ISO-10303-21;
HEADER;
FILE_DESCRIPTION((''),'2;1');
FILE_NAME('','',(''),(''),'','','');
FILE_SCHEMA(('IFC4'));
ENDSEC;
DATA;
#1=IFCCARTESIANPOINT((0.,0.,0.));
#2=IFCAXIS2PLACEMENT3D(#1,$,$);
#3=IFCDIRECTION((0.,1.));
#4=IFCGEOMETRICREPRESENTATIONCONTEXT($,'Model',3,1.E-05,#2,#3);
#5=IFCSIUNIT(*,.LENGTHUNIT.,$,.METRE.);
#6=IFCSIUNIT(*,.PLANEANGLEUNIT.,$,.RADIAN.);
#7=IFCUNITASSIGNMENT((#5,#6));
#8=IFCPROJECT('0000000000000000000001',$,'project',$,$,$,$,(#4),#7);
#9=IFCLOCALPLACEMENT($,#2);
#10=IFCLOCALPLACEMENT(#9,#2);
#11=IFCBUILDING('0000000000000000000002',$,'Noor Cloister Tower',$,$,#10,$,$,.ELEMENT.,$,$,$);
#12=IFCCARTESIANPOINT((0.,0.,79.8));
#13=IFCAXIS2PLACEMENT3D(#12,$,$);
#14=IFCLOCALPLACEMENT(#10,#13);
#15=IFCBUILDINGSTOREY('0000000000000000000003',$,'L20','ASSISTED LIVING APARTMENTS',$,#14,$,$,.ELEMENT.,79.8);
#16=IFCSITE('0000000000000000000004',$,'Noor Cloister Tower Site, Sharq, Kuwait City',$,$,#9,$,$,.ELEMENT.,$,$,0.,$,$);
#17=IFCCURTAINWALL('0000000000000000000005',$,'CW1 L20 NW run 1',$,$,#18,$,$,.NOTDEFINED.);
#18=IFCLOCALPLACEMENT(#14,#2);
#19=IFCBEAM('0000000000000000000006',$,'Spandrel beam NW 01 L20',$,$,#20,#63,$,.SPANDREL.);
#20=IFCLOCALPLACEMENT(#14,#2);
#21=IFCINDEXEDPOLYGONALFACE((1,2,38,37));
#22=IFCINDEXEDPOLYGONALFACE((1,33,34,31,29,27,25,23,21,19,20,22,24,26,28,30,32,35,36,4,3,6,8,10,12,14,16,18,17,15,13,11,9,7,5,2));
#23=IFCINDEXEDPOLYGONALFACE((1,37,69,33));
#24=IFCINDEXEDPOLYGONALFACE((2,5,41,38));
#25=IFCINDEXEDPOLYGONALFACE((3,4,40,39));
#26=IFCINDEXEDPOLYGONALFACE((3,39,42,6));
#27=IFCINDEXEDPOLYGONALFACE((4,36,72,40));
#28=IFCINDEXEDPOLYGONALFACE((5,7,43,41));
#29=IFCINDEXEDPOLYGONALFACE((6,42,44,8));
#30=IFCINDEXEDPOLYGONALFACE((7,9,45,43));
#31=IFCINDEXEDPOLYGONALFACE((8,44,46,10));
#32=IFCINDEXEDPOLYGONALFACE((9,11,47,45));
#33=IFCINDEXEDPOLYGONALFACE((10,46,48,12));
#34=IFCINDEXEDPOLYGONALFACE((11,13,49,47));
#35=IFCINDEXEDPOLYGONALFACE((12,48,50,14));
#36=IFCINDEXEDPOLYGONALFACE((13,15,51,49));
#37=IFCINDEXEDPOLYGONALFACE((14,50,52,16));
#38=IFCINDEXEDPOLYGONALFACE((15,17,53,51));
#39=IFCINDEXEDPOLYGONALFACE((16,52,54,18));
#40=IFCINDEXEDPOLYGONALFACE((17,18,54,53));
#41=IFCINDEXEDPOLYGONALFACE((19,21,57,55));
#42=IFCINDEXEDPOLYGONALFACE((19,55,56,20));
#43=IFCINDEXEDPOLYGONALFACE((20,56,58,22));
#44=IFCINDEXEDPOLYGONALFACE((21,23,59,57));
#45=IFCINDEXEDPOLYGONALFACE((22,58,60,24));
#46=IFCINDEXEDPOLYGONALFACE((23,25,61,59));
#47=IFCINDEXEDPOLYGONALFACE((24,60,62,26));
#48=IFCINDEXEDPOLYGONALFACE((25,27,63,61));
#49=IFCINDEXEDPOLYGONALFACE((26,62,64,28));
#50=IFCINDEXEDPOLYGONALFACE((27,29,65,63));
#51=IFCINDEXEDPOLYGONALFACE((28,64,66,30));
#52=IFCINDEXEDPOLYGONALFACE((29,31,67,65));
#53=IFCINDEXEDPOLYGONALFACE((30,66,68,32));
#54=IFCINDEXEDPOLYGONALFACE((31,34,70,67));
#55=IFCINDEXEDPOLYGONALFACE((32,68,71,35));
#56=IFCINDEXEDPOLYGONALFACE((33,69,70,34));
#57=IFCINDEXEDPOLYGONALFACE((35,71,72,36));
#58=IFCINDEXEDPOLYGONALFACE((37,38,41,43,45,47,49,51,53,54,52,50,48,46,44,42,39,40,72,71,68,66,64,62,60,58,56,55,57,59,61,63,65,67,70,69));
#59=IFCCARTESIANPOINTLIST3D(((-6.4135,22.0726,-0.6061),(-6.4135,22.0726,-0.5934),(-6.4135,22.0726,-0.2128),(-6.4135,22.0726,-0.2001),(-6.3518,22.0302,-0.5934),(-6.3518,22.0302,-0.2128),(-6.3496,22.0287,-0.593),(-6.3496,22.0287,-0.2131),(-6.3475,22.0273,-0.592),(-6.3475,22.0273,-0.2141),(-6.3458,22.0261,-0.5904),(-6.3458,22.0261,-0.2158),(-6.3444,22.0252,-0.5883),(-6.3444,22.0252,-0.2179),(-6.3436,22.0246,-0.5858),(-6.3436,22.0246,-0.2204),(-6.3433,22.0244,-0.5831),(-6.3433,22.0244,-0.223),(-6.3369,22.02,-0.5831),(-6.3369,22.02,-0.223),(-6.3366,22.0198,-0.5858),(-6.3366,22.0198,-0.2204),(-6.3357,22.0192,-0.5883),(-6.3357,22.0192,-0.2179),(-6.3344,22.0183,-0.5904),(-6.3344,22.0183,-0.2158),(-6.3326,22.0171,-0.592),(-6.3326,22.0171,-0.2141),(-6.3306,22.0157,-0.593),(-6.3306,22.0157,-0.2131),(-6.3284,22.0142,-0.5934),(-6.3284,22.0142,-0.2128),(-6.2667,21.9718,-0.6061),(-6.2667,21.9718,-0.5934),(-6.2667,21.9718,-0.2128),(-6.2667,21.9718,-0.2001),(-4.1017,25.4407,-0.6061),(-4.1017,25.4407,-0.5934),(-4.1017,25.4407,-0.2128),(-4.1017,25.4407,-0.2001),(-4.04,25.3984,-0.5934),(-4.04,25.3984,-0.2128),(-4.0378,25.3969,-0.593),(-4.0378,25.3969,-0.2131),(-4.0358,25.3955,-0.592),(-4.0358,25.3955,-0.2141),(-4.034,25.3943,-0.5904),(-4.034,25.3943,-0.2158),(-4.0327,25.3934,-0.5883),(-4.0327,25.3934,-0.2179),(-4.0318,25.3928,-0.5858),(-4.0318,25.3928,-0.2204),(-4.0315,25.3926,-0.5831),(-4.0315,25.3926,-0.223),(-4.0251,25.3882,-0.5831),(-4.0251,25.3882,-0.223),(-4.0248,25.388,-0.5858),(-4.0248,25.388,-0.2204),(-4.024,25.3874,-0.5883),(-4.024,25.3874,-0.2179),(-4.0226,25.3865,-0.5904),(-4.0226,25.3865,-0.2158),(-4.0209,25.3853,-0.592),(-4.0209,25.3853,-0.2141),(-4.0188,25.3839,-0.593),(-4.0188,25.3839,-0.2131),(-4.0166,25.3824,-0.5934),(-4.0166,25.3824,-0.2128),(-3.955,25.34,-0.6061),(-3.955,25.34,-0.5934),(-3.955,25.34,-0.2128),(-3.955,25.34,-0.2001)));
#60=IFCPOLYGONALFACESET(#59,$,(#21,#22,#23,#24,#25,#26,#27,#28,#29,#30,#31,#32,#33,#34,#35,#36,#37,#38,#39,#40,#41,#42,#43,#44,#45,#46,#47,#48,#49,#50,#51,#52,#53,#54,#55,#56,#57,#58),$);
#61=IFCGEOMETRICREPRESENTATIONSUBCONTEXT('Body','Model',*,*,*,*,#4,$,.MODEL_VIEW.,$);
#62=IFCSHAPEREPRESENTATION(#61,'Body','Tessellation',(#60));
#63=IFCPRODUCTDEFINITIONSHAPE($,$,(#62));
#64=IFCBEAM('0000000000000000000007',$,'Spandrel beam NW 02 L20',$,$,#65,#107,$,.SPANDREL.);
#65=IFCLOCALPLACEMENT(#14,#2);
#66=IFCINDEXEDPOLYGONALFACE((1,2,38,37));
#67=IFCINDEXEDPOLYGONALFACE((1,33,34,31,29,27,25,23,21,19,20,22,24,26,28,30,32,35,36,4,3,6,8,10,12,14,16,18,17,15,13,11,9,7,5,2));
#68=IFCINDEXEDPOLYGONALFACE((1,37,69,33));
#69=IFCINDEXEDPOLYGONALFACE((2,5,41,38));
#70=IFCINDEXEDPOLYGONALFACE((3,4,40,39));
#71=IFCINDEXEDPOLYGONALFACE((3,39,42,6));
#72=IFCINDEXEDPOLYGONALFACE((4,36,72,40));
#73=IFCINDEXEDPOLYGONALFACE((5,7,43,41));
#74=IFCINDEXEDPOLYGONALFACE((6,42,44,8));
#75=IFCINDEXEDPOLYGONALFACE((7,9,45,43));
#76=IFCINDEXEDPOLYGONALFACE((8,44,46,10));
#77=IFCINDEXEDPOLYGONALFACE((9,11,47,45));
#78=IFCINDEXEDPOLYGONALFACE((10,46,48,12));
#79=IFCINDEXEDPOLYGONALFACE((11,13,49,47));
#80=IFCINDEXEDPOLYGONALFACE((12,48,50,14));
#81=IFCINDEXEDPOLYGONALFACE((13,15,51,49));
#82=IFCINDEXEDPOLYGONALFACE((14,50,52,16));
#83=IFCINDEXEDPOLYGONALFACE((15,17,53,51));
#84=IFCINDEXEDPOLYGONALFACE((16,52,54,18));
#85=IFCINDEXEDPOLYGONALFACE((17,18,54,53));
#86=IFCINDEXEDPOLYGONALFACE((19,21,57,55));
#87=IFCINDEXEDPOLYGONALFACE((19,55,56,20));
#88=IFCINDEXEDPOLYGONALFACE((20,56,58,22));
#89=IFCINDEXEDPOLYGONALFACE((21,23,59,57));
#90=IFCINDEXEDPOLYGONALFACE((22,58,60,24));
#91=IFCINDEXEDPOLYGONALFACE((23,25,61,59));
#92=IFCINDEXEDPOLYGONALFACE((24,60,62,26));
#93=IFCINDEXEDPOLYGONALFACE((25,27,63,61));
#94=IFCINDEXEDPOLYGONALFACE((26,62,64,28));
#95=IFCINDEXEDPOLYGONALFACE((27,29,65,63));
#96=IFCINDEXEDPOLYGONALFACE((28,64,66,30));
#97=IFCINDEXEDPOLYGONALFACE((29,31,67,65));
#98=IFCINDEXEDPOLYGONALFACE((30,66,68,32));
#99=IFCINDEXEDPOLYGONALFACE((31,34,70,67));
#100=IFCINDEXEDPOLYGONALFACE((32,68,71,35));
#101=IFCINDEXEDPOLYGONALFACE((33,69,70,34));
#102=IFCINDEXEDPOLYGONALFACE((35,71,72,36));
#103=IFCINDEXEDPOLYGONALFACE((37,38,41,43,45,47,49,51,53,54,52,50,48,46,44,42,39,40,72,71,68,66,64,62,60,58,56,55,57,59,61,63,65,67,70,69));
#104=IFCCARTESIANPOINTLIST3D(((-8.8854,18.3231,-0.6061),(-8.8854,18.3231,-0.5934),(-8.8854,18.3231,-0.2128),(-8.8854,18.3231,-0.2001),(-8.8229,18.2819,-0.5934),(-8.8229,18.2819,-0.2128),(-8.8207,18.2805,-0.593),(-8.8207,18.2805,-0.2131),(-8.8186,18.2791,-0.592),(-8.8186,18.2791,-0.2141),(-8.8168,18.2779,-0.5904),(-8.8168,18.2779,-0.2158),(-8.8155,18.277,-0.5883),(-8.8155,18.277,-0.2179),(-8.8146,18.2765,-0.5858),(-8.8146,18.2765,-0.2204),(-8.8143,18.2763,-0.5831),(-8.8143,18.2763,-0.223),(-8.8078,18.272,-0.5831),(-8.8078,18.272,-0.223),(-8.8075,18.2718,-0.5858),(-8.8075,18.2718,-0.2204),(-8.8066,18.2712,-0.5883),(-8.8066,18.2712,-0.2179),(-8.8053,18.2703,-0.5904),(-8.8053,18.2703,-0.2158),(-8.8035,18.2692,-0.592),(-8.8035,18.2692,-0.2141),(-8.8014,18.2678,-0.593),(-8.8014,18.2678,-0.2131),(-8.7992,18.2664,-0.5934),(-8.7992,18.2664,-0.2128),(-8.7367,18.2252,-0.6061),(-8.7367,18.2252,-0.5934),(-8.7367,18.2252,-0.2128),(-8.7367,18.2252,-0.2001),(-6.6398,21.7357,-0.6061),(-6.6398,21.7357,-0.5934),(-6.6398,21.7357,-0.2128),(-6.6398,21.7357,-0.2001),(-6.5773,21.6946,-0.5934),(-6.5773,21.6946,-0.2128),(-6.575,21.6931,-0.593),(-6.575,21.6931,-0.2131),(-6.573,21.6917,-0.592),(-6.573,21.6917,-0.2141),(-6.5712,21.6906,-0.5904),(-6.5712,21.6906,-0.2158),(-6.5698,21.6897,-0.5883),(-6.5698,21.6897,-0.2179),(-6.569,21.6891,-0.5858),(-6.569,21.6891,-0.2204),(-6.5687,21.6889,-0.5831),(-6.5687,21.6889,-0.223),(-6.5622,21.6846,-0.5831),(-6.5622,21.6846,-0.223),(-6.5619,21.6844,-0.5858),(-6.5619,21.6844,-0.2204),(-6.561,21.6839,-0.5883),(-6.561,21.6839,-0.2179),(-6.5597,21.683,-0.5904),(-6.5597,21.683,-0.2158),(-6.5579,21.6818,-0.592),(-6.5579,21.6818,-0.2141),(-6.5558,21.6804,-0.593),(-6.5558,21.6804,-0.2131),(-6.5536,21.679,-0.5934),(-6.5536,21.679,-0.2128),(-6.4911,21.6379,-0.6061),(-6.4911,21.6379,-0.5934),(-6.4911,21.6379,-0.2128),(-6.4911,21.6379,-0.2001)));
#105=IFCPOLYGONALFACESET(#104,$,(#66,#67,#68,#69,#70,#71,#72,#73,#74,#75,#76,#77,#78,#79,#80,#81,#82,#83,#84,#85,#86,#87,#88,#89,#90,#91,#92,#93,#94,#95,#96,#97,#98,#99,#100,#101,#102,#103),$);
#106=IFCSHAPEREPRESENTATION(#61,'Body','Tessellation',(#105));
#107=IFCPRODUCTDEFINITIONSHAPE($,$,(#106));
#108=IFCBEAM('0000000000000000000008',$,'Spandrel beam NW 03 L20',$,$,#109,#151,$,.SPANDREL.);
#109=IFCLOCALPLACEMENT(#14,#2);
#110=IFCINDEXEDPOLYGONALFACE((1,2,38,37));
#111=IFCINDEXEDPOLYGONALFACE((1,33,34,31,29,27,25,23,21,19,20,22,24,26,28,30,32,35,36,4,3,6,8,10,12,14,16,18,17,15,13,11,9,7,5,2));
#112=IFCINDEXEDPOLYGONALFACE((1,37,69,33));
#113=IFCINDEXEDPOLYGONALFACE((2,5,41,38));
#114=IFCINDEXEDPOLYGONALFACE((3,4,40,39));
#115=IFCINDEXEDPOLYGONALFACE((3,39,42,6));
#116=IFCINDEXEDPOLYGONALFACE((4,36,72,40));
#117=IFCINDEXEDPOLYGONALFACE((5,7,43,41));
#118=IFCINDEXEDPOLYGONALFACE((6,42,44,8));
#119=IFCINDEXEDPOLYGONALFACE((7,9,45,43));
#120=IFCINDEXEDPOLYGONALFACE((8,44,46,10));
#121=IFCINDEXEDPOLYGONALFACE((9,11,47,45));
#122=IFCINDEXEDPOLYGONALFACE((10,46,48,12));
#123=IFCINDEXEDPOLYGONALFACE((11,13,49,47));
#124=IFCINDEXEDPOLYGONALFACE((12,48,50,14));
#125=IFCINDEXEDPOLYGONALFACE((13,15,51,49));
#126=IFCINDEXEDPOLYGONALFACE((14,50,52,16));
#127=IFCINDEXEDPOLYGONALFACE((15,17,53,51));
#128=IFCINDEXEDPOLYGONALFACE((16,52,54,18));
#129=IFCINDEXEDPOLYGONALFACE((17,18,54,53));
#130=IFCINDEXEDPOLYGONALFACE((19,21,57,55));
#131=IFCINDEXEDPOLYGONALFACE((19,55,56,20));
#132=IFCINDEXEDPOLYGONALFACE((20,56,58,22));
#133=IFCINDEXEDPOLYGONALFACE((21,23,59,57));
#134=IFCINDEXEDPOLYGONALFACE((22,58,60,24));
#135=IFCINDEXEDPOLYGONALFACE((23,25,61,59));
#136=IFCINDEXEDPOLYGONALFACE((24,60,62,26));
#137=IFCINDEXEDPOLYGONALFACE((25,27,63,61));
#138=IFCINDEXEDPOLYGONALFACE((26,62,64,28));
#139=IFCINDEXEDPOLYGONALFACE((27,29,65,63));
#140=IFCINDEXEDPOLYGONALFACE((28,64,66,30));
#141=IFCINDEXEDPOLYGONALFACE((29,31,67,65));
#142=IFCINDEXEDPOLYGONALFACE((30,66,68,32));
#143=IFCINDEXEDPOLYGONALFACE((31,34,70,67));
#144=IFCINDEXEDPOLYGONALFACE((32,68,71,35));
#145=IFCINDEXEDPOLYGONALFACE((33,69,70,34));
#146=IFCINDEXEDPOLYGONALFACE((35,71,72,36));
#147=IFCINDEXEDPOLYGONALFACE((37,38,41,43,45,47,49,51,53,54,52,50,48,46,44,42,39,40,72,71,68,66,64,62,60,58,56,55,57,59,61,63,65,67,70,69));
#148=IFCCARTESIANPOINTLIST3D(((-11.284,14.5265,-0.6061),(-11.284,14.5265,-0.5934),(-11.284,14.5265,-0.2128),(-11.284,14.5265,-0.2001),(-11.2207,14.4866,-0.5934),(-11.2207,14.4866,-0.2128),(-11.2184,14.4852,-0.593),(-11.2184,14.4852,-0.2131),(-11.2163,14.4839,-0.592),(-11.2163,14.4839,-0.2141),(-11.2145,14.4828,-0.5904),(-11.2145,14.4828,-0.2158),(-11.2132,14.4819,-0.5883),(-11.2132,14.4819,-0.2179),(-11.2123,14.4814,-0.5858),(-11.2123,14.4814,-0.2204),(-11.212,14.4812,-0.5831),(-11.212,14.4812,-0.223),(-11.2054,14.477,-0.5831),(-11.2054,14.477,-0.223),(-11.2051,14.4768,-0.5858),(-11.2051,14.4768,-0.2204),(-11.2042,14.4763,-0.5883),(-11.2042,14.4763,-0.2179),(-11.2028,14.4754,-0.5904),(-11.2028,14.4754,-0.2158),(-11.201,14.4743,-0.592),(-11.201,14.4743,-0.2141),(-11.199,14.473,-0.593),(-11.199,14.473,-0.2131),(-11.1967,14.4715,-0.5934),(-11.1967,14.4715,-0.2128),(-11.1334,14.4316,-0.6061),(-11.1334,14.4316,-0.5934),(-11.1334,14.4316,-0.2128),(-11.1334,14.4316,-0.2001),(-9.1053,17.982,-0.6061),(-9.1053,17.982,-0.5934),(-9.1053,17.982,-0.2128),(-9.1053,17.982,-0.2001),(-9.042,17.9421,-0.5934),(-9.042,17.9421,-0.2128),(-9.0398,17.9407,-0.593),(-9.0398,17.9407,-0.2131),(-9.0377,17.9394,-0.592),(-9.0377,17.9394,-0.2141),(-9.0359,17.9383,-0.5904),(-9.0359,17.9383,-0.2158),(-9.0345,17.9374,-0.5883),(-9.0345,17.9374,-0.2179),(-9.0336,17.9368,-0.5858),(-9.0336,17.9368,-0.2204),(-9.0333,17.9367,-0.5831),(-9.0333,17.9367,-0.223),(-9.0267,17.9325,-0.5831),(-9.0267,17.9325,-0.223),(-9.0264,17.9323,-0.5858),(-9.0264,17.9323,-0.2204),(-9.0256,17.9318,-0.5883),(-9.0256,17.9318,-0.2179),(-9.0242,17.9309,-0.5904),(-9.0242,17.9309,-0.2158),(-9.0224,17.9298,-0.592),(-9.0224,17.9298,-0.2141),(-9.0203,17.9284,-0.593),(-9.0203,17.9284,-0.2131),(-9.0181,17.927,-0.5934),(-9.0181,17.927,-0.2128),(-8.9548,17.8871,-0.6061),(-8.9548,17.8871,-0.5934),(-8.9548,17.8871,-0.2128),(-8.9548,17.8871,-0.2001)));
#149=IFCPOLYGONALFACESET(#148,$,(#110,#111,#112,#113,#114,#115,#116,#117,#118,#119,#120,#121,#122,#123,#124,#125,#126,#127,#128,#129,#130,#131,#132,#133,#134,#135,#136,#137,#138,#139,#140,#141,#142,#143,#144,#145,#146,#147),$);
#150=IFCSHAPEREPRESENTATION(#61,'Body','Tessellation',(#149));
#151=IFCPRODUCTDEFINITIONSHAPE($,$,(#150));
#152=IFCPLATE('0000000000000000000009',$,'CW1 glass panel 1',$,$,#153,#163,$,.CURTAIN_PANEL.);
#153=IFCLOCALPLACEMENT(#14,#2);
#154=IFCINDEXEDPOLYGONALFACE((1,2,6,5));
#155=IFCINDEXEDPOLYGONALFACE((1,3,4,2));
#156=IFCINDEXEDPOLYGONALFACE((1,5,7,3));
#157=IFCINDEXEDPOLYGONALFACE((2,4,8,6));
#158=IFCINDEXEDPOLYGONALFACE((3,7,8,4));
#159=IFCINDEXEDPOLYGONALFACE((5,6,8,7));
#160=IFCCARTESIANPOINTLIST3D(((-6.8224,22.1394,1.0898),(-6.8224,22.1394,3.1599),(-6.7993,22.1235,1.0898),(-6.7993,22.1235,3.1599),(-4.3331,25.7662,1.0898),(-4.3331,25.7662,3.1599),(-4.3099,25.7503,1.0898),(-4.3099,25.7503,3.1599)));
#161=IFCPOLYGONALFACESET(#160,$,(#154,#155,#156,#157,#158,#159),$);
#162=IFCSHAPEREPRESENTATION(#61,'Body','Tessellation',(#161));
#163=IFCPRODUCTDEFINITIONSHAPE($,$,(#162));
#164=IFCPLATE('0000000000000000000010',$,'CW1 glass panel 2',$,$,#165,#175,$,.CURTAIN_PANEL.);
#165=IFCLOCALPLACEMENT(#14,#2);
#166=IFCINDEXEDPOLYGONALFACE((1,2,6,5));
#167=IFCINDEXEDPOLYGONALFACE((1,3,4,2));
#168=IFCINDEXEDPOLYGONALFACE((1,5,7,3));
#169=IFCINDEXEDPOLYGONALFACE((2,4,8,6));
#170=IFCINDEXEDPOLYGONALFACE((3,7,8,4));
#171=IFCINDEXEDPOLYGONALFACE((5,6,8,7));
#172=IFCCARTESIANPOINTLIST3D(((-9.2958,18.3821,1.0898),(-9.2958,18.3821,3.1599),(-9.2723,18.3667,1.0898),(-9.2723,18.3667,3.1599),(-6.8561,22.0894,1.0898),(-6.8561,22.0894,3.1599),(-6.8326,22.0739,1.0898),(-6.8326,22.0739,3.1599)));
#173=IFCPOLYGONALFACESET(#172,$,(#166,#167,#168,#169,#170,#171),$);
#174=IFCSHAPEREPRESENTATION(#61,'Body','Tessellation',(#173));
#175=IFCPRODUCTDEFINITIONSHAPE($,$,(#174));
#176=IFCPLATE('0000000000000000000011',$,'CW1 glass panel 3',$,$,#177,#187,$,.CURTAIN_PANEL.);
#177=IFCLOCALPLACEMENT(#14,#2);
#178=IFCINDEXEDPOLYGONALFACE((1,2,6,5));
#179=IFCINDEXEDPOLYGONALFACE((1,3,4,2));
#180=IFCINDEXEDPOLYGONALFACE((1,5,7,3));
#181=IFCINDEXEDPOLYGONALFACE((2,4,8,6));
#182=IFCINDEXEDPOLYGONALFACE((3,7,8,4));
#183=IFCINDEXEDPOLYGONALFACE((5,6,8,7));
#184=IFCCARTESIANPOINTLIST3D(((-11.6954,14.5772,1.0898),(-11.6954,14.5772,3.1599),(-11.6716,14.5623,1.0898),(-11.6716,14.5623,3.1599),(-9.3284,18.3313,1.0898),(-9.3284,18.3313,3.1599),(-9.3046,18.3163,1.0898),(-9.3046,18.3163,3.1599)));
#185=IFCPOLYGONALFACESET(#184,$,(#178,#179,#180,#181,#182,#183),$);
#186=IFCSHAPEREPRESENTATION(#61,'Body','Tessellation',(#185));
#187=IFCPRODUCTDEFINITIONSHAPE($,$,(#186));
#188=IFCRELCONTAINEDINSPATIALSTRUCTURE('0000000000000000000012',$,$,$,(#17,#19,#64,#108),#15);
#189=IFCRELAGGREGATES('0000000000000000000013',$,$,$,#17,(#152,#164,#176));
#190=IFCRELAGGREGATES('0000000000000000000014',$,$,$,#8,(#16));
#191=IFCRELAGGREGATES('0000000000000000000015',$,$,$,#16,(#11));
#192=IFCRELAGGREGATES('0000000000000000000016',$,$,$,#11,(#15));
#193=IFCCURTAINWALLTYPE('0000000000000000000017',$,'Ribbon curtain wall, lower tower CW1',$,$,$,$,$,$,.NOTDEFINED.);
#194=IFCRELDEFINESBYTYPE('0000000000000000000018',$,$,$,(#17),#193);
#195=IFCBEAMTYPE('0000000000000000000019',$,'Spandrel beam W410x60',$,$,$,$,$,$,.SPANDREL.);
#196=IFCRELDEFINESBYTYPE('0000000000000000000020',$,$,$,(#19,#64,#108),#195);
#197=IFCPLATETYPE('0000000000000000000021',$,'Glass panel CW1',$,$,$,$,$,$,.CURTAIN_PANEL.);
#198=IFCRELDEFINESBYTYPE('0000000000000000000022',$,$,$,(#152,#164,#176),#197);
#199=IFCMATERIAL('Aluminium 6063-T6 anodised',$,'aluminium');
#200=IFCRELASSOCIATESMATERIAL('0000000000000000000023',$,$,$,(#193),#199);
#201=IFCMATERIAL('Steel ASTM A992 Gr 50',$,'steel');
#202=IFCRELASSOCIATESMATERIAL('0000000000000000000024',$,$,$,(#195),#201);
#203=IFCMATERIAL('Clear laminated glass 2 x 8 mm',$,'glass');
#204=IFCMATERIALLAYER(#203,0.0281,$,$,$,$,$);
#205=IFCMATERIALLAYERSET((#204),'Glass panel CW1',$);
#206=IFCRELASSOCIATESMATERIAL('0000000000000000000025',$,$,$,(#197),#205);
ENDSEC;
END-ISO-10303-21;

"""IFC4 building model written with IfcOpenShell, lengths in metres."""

from ifc_helpers import new_model, si_unit, direction, frame, origin, origin_2d, place, context, subcontext, project, spatial, rectangle, i_section, extrude, material, layer, layer_set, material_profile, profile_set, type_object, element, aggregate, save


model = new_model("IFC4")

# Units and contexts
model_context = context("Model", 3, precision=1e-05, world=origin(), true_north=direction((0.0, 1.0)))
body_context = subcontext(model_context, "Body", "Model", "MODEL_VIEW")
ifc_project = project(units=[si_unit("LENGTHUNIT", "METRE"), si_unit("PLANEANGLEUNIT", "RADIAN")], contexts=[model_context])

# Site, building, storey
site_placement = place(None, origin())
site = spatial("IfcSite", under=ifc_project, at=site_placement, Name="Noor Cloister Tower Site, Sharq, Kuwait City", CompositionType="ELEMENT", RefElevation=0.0)
building_placement = place(site_placement, origin())
building = spatial("IfcBuilding", under=site, at=building_placement, Name="Noor Cloister Tower", CompositionType="ELEMENT")
storey_placement = place(building_placement, frame((0.0, 0.0, 79.8)))
storey = spatial("IfcBuildingStorey", under=building, at=storey_placement, Name="L20", Description="ASSISTED LIVING APARTMENTS", CompositionType="ELEMENT", Elevation=79.8)

# Curtain wall
ifc_material_1 = material(Name="Aluminium 6063-T6 anodised", Category="aluminium")
curtain_wall_type = type_object("IfcCurtainWallType", Name="Ribbon curtain wall, lower tower CW1", PredefinedType="NOTDEFINED", material=ifc_material_1)
curtain_wall_placement = place(storey_placement, origin())
curtain_wall = element("IfcCurtainWall", 1, at=curtain_wall_placement, inside=storey, type_object=curtain_wall_type, Name="CW1 L20 NW run 1", PredefinedType="NOTDEFINED")

# Beams
ifc_material_2 = material(Name="Steel ASTM A992 Gr 50", Category="steel")
ifc_material_profile_1 = material_profile(ifc_material_2, i_section(OverallWidth=0.178, OverallDepth=0.406, WebThickness=0.0078, FlangeThickness=0.0127, FilletRadius=0.0103, at=origin_2d()), Name="W410x60")
ifc_profile_set_1 = profile_set([ifc_material_profile_1], Name="Steel ASTM A992 Gr 50")
beam_type_1 = type_object("IfcBeamType", Name="Spandrel beam W410x60", PredefinedType="SPANDREL", material=ifc_profile_set_1)
for number, where, z_axis, x_axis, name in (
    (2, (-4.0283, 25.3904, -0.4031), (-0.565889, -0.824481, 0.0), (0.824481, -0.565889, 0.0), "Spandrel beam NW 01 L20"),
    (3, (-6.5654, 21.6868, -0.4031), (-0.549698, -0.835364, 0.0), (0.835364, -0.549698, 0.0), "Spandrel beam NW 02 L20"),
):
    element("IfcBeam", number, at=place(storey_placement, frame(where, z_axis=z_axis, x_axis=x_axis)), inside=storey, type_object=beam_type_1, Name=name, PredefinedType="SPANDREL", context=body_context, shape_type="SweptSolid", body=[
        extrude(i_section(OverallWidth=0.178, OverallDepth=0.406, WebThickness=0.0078, FlangeThickness=0.0127, FilletRadius=0.0103, at=origin_2d()), origin(), (0.0, 0.0, 1.0), 4.0852),
    ])
beam_1_placement = place(storey_placement, frame((-9.03, 17.9346, -0.4031), z_axis=(-0.533336, -0.845903, 0.0), x_axis=(0.845903, -0.533336, 0.0)))
element("IfcBeam", 4, at=beam_1_placement, inside=storey, type_object=beam_type_1, Name="Spandrel beam NW 03 L20", PredefinedType="SPANDREL", context=body_context, shape_type="SweptSolid", body=[
    extrude(i_section(OverallWidth=0.178, OverallDepth=0.406, WebThickness=0.0078, FlangeThickness=0.0127, FilletRadius=0.0103, at=origin_2d()), origin(), (0.0, 0.0, 1.0), 4.085),
])

# Plates
ifc_material_3 = material(Name="Clear laminated glass 2 x 8 mm", Category="glass")
ifc_layer = layer(ifc_material_3, 0.0281)
ifc_layer_set = layer_set([ifc_layer], Name="Glass panel CW1")
plate_type = type_object("IfcPlateType", Name="Glass panel CW1", PredefinedType="CURTAIN_PANEL", material=ifc_layer_set)
plate_1_placement = place(storey_placement, frame((-5.5662, 23.9448, 1.0898), z_axis=(0.0, 0.0, 1.0), x_axis=(-0.565895, -0.824477, 0.0)))
plate_1 = element("IfcPlate", 5, at=plate_1_placement, type_object=plate_type, Name="CW1 glass panel 1", PredefinedType="CURTAIN_PANEL", context=body_context, shape_type="SweptSolid", body=[
    extrude(rectangle(XDim=4.3989, YDim=0.0281, at=origin_2d()), origin(), (0.0, 0.0, 1.0), 2.0701),
])
plate_2_placement = place(storey_placement, frame((-8.0642, 20.228, 1.0898), z_axis=(0.0, 0.0, 1.0), x_axis=(-0.549728, -0.835344, 0.0)))
plate_2 = element("IfcPlate", 6, at=plate_2_placement, type_object=plate_type, Name="CW1 glass panel 2", PredefinedType="CURTAIN_PANEL", context=body_context, shape_type="SweptSolid", body=[
    extrude(rectangle(XDim=4.438, YDim=0.0281, at=origin_2d()), origin(), (0.0, 0.0, 1.0), 2.0701),
])
plate_3_placement = place(storey_placement, frame((-10.5, 16.4468, 1.0898), z_axis=(0.0, 0.0, 1.0), x_axis=(-0.533352, -0.845893, 0.0)))
plate_3 = element("IfcPlate", 7, at=plate_3_placement, type_object=plate_type, Name="CW1 glass panel 3", PredefinedType="CURTAIN_PANEL", context=body_context, shape_type="SweptSolid", body=[
    extrude(rectangle(XDim=4.438, YDim=0.0281, at=origin_2d()), origin(), (0.0, 0.0, 1.0), 2.0701),
])
aggregate(curtain_wall, [plate_1, plate_2, plate_3])

save(model, "model.ifc")
